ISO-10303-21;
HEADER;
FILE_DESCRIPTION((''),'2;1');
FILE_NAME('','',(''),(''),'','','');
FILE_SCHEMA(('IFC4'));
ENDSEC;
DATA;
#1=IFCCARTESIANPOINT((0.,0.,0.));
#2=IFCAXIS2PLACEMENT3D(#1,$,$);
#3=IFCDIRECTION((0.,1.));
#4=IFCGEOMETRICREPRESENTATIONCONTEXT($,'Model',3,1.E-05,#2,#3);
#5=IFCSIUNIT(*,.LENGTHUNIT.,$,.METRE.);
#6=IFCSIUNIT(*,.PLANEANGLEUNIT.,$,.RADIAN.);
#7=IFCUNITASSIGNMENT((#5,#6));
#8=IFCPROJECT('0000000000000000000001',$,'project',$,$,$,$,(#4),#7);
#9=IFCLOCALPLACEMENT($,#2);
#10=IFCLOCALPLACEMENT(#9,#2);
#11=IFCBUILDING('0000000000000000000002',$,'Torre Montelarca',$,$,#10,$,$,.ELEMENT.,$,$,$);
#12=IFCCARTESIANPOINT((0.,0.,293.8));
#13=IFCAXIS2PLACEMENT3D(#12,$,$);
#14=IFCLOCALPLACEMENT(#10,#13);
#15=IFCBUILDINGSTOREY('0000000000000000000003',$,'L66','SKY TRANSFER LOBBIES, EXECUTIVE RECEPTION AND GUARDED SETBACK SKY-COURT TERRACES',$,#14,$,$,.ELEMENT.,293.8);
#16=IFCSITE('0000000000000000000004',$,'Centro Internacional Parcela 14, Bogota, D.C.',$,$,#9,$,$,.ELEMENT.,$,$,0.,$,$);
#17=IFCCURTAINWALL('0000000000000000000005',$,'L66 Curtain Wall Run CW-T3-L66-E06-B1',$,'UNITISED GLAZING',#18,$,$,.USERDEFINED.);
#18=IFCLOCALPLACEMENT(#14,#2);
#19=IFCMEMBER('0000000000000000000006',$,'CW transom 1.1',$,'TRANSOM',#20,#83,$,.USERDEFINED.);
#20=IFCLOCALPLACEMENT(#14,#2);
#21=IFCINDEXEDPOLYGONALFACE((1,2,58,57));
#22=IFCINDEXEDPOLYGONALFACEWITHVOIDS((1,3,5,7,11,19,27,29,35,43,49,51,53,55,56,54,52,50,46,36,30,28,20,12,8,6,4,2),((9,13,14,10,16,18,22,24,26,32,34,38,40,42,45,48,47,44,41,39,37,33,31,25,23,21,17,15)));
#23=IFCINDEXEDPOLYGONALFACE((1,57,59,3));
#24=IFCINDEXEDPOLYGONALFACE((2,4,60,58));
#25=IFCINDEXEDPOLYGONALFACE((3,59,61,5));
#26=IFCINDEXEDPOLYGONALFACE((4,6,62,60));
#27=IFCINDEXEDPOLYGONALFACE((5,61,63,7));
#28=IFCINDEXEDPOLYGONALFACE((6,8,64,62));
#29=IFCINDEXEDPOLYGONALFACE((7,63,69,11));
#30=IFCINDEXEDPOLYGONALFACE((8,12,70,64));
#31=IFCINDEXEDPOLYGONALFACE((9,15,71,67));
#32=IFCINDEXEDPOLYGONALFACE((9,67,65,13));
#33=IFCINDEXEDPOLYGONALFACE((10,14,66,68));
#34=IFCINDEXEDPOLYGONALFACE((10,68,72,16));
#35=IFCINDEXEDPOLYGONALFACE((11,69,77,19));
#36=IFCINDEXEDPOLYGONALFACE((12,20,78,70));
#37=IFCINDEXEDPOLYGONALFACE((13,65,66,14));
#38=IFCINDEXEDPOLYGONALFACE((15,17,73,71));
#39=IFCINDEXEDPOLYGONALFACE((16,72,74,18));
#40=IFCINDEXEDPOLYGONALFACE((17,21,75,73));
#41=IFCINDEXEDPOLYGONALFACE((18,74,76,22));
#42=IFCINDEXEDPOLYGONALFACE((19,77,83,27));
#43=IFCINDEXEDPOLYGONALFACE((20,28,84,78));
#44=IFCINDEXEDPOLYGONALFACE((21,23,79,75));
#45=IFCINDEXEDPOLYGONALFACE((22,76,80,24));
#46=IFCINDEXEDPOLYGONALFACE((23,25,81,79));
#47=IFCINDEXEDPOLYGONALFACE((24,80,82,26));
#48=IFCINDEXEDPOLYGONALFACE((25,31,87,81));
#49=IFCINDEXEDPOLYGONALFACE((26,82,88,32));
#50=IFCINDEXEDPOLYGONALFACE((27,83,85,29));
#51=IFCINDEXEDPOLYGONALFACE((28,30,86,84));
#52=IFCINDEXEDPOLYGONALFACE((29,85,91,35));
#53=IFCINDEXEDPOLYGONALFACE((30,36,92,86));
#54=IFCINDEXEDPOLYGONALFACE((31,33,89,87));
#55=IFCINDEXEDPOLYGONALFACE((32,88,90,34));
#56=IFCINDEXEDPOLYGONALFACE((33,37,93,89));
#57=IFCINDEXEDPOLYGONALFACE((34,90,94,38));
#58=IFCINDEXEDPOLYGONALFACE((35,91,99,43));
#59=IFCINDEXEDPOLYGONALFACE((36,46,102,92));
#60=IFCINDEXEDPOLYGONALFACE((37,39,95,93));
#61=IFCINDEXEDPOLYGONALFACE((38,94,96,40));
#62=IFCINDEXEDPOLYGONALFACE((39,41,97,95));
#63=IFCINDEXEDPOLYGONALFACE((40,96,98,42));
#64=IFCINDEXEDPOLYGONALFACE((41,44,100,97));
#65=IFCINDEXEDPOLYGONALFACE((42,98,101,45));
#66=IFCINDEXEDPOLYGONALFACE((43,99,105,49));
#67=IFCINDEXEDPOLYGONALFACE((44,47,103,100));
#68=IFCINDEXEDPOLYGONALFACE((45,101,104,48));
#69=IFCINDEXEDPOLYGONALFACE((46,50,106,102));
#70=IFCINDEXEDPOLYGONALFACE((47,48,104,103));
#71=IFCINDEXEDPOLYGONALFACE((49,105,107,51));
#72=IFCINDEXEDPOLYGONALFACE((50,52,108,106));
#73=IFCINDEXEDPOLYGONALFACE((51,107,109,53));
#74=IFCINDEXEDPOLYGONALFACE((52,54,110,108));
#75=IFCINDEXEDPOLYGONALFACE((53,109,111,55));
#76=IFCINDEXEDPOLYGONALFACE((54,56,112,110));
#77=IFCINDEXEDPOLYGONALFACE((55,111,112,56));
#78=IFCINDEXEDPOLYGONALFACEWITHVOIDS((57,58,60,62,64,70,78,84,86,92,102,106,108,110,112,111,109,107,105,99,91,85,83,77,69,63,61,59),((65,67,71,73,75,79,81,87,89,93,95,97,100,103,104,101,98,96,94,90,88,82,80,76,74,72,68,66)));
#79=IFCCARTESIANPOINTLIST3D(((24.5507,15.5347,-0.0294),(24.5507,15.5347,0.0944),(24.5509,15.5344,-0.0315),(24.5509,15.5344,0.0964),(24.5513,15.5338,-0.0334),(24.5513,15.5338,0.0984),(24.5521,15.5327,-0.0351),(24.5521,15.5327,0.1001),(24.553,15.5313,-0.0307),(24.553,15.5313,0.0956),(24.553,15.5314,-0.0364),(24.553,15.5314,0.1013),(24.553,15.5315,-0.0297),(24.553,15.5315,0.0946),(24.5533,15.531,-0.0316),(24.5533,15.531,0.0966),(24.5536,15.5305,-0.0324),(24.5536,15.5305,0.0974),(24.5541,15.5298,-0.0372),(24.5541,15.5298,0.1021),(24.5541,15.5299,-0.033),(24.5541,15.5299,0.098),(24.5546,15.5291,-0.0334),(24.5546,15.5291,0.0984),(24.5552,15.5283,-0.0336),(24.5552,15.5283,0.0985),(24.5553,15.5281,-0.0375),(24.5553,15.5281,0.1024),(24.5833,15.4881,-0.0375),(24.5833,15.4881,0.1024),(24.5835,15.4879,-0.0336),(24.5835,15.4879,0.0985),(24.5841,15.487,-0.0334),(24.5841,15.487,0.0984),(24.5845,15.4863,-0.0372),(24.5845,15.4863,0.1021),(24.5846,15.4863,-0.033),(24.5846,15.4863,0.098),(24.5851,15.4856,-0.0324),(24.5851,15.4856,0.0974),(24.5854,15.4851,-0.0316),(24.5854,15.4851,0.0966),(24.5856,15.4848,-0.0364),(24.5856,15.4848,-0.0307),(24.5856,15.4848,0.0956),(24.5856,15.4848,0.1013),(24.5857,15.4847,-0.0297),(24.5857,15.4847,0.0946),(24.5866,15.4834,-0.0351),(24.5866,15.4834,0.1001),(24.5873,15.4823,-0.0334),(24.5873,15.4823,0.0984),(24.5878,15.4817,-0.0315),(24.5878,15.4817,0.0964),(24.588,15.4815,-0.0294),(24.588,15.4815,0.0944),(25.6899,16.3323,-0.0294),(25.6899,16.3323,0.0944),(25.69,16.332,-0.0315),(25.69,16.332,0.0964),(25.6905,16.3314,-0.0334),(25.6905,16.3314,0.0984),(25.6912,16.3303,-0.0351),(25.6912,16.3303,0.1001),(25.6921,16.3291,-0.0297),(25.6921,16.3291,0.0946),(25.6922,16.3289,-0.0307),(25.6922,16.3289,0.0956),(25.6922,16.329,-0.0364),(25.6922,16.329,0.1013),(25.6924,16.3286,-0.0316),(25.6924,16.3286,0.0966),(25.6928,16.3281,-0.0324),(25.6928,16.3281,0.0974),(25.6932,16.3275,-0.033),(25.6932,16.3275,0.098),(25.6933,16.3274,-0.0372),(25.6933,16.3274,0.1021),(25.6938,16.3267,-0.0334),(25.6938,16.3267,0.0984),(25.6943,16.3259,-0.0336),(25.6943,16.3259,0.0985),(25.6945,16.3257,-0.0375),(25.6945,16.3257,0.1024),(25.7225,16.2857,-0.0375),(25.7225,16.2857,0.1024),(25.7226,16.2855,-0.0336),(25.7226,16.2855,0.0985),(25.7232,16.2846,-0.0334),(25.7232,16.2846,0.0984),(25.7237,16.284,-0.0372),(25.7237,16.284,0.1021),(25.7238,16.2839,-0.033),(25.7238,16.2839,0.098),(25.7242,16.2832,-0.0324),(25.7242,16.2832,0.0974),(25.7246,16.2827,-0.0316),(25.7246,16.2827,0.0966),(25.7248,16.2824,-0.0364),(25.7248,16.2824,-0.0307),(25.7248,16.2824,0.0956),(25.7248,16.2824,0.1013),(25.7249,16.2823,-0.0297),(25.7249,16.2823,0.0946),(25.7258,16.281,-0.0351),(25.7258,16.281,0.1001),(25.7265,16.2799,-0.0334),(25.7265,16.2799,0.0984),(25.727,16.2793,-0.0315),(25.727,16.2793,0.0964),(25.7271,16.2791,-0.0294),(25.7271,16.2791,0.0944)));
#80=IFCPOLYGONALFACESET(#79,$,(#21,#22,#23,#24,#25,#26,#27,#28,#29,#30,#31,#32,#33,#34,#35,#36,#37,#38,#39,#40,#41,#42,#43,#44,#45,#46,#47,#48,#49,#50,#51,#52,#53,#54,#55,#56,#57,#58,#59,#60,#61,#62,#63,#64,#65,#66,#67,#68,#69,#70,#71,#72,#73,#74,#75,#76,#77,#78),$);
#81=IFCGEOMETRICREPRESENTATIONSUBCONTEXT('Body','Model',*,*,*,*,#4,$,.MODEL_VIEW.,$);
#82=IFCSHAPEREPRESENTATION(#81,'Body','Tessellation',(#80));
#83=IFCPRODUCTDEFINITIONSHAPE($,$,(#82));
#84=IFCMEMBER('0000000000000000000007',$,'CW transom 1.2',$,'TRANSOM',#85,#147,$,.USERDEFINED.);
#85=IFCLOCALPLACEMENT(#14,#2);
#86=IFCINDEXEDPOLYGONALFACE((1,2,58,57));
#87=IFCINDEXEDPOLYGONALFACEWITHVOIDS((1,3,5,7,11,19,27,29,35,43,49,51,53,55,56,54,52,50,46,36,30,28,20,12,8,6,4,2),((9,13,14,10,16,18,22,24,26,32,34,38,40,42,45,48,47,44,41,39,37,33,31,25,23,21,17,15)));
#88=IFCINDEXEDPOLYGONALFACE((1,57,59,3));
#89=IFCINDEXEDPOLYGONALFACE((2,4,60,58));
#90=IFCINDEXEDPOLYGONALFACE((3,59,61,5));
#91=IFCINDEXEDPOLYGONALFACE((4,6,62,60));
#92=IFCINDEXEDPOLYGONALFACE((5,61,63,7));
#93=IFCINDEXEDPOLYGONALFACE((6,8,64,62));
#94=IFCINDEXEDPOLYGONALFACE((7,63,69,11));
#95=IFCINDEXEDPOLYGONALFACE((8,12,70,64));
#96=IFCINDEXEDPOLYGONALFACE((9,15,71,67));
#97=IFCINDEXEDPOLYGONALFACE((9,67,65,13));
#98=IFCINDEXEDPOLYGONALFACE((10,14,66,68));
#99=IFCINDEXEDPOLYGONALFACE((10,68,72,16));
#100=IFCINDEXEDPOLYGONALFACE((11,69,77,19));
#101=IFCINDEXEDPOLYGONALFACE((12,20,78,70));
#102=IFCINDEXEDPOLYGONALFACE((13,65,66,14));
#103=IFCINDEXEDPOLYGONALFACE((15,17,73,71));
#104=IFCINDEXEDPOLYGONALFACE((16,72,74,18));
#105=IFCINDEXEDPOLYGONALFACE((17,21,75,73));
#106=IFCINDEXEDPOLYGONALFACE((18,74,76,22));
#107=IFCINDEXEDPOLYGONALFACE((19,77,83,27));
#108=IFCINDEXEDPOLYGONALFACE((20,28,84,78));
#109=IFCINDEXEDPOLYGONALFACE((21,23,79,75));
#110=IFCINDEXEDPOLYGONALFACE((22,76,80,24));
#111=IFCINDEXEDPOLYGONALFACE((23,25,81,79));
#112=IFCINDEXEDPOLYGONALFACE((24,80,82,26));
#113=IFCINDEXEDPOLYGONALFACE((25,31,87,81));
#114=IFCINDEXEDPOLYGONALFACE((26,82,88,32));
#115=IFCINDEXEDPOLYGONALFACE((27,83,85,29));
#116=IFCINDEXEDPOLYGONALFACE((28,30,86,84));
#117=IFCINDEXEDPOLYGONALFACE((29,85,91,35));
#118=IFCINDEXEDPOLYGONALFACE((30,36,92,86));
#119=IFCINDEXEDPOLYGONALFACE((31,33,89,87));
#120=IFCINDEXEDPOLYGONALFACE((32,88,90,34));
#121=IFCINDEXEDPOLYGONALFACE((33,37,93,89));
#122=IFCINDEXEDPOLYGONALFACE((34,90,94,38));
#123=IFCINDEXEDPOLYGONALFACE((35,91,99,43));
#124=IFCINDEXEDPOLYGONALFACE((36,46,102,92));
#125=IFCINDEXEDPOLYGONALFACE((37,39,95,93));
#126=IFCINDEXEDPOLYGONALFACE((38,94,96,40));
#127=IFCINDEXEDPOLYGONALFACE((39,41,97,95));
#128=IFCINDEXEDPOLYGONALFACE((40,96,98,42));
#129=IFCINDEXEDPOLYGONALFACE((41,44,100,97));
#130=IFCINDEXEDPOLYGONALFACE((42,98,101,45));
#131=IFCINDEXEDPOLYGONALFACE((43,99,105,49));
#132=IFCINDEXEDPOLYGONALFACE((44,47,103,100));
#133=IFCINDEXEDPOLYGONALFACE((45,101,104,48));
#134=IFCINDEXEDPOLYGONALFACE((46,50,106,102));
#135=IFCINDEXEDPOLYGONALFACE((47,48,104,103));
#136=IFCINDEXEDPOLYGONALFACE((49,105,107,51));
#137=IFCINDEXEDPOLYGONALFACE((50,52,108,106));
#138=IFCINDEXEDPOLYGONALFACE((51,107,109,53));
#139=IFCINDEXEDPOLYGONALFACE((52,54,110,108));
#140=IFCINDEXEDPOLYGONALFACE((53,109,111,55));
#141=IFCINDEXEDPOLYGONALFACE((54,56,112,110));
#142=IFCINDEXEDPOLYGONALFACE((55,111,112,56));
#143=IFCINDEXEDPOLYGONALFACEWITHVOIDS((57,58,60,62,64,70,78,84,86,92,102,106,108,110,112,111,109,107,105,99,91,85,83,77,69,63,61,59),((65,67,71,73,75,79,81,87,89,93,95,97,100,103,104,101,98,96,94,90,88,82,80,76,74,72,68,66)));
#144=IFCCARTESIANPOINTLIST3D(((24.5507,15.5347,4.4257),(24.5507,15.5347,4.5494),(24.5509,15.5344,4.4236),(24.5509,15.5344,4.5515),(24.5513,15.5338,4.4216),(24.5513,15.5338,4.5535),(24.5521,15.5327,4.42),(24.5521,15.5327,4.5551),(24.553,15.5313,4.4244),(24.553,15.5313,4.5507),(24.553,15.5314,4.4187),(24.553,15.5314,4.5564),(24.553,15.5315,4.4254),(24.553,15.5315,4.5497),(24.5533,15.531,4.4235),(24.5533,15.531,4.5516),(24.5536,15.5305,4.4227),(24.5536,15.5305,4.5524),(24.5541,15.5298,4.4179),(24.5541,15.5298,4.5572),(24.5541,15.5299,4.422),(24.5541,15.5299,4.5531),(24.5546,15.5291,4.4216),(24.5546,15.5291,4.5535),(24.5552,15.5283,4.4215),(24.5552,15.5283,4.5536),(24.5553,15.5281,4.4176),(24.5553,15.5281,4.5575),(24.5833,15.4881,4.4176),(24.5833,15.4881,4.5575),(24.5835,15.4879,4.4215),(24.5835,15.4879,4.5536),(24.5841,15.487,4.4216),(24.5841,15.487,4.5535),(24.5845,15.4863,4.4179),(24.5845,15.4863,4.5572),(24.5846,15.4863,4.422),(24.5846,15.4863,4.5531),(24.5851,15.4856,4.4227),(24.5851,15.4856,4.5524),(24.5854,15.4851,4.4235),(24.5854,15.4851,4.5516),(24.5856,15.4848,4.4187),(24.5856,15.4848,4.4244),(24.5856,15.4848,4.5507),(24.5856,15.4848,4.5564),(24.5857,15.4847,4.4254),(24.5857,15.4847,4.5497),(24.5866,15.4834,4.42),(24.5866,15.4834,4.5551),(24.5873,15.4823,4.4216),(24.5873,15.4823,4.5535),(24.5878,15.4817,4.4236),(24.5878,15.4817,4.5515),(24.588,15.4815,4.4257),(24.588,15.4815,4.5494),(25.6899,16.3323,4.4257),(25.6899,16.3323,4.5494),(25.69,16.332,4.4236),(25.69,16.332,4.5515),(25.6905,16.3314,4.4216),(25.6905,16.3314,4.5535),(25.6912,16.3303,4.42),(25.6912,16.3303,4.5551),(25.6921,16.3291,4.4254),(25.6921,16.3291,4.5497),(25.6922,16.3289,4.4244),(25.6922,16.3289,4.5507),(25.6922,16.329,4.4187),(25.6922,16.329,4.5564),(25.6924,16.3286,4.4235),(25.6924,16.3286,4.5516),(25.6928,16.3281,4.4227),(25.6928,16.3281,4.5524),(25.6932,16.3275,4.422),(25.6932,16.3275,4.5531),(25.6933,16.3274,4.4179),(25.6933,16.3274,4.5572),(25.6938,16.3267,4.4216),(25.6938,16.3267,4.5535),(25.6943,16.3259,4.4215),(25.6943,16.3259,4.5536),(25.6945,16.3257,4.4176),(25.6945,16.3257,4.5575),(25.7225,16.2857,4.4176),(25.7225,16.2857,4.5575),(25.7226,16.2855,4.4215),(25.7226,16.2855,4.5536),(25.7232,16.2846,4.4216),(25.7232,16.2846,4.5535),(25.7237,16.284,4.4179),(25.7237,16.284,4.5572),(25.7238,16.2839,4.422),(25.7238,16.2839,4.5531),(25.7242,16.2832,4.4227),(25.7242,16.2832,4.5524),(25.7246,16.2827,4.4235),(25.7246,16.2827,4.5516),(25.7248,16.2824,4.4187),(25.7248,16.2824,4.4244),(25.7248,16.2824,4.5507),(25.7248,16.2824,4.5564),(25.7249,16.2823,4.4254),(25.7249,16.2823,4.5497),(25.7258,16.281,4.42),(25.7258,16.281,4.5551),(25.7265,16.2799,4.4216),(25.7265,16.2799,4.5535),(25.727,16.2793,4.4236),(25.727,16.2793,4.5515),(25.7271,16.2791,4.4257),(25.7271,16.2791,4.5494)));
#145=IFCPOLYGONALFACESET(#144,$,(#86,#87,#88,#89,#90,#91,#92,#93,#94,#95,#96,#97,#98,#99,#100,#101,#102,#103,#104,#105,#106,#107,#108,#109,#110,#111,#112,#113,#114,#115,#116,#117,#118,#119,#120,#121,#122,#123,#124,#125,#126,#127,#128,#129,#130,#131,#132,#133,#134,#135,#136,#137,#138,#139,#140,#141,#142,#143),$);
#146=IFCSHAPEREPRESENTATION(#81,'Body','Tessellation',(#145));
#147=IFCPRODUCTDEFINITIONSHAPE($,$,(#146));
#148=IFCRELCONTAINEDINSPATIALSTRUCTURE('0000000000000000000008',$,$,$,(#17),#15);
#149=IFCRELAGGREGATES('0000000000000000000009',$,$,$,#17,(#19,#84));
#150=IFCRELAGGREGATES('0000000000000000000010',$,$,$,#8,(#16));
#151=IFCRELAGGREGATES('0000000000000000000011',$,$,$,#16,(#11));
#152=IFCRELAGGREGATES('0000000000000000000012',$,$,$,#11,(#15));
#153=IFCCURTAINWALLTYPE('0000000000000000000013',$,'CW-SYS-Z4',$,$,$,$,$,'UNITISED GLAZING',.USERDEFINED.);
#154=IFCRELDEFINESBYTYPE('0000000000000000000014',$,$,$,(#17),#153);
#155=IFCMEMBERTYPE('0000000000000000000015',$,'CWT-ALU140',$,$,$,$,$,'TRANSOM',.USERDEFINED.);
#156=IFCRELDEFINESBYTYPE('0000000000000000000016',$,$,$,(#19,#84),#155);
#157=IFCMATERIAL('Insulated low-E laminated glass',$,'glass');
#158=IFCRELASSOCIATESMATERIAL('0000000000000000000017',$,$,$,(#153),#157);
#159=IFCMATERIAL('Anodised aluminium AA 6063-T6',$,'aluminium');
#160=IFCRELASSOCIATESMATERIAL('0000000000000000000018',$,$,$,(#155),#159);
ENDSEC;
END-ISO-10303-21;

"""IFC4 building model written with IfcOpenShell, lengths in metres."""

from ifc_helpers import new_model, si_unit, direction, frame, origin, origin_2d, place, context, subcontext, project, spatial, hollow_rectangle, extrude, source, transform, mapped, material, material_profile, profile_set, type_object, element, aggregate, save


model = new_model("IFC4")

# Units and contexts
model_context = context("Model", 3, precision=1e-05, world=origin(), true_north=direction((0.0, 1.0)))
body_context = subcontext(model_context, "Body", "Model", "MODEL_VIEW")
ifc_project = project(units=[si_unit("LENGTHUNIT", "METRE"), si_unit("PLANEANGLEUNIT", "RADIAN")], contexts=[model_context])

# Site, building, storey
site_placement = place(None, origin())
site = spatial("IfcSite", under=ifc_project, at=site_placement, Name="Centro Internacional Parcela 14, Bogota, D.C.", CompositionType="ELEMENT", RefElevation=0.0)
building_placement = place(site_placement, origin())
building = spatial("IfcBuilding", under=site, at=building_placement, Name="Torre Montelarca", CompositionType="ELEMENT")
storey_placement = place(building_placement, frame((0.0, 0.0, 293.8)))
storey = spatial("IfcBuildingStorey", under=building, at=storey_placement, Name="L66", Description="SKY TRANSFER LOBBIES, EXECUTIVE RECEPTION AND GUARDED SETBACK SKY-COURT TERRACES", CompositionType="ELEMENT", Elevation=293.8)

# Shared definitions
ifc_material_1 = material(Name="Insulated low-E laminated glass", Category="glass")
curtain_wall_type = type_object("IfcCurtainWallType", Name="CW-SYS-Z4", ElementType="UNITISED GLAZING", PredefinedType="USERDEFINED", material=ifc_material_1)
ifc_material_2 = material(Name="Anodised aluminium AA 6063-T6", Category="aluminium")

# Curtain wall
curtain_wall_1_placement = place(storey_placement, origin())
curtain_wall_1 = element("IfcCurtainWall", 1, at=curtain_wall_1_placement, inside=storey, type_object=curtain_wall_type, Name="L66 Curtain Wall Run CW-T3-L66-E06-B1", ObjectType="UNITISED GLAZING", PredefinedType="USERDEFINED")

# Members
ifc_material_profile_1 = material_profile(ifc_material_2, hollow_rectangle(XDim=0.0649, YDim=0.1399, WallThickness=0.0039, InnerFilletRadius=0.0039, OuterFilletRadius=0.0081, at=origin_2d()), Name="ALU65X140X4", Category="aluminium")
ifc_profile_set_1 = profile_set([ifc_material_profile_1], Name="Anodised aluminium AA 6063-T6")
member_type_1 = type_object("IfcMemberType", Name="CWT-ALU140", ElementType="TRANSOM", PredefinedType="USERDEFINED", material=ifc_profile_set_1)
shared_shape_1 = source(origin(), body_context, "Body", "SweptSolid", [
    extrude(hollow_rectangle(XDim=0.0649, YDim=0.1399, WallThickness=0.0039, InnerFilletRadius=0.0039, OuterFilletRadius=0.0081, at=origin_2d()), origin(), (0.0, 0.0, 1.0), 1.3906),
])
member_1_placement = place(storey_placement, frame((24.5693, 15.5081, 0.0325), z_axis=(0.819166, 0.573557, 0.0), x_axis=(-0.573557, 0.819166, 0.0)))
member_1 = element("IfcMember", 2, at=member_1_placement, type_object=member_type_1, Name="CW transom 1.1", ObjectType="TRANSOM", PredefinedType="USERDEFINED", context=body_context, shape_type="MappedRepresentation", body=[
    mapped(shared_shape_1, transform((0.0, 0.0, 0.0), scale=1.0)),
])
member_2_placement = place(storey_placement, frame((24.5693, 15.5081, 4.4875), z_axis=(0.819166, 0.573557, 0.0), x_axis=(-0.573557, 0.819166, 0.0)))
member_2 = element("IfcMember", 3, at=member_2_placement, type_object=member_type_1, Name="CW transom 1.2", ObjectType="TRANSOM", PredefinedType="USERDEFINED", context=body_context, shape_type="MappedRepresentation", body=[
    mapped(shared_shape_1, transform((0.0, 0.0, 0.0), scale=1.0)),
])

aggregate(curtain_wall_1, [member_1, member_2])

save(model, "model.ifc")
